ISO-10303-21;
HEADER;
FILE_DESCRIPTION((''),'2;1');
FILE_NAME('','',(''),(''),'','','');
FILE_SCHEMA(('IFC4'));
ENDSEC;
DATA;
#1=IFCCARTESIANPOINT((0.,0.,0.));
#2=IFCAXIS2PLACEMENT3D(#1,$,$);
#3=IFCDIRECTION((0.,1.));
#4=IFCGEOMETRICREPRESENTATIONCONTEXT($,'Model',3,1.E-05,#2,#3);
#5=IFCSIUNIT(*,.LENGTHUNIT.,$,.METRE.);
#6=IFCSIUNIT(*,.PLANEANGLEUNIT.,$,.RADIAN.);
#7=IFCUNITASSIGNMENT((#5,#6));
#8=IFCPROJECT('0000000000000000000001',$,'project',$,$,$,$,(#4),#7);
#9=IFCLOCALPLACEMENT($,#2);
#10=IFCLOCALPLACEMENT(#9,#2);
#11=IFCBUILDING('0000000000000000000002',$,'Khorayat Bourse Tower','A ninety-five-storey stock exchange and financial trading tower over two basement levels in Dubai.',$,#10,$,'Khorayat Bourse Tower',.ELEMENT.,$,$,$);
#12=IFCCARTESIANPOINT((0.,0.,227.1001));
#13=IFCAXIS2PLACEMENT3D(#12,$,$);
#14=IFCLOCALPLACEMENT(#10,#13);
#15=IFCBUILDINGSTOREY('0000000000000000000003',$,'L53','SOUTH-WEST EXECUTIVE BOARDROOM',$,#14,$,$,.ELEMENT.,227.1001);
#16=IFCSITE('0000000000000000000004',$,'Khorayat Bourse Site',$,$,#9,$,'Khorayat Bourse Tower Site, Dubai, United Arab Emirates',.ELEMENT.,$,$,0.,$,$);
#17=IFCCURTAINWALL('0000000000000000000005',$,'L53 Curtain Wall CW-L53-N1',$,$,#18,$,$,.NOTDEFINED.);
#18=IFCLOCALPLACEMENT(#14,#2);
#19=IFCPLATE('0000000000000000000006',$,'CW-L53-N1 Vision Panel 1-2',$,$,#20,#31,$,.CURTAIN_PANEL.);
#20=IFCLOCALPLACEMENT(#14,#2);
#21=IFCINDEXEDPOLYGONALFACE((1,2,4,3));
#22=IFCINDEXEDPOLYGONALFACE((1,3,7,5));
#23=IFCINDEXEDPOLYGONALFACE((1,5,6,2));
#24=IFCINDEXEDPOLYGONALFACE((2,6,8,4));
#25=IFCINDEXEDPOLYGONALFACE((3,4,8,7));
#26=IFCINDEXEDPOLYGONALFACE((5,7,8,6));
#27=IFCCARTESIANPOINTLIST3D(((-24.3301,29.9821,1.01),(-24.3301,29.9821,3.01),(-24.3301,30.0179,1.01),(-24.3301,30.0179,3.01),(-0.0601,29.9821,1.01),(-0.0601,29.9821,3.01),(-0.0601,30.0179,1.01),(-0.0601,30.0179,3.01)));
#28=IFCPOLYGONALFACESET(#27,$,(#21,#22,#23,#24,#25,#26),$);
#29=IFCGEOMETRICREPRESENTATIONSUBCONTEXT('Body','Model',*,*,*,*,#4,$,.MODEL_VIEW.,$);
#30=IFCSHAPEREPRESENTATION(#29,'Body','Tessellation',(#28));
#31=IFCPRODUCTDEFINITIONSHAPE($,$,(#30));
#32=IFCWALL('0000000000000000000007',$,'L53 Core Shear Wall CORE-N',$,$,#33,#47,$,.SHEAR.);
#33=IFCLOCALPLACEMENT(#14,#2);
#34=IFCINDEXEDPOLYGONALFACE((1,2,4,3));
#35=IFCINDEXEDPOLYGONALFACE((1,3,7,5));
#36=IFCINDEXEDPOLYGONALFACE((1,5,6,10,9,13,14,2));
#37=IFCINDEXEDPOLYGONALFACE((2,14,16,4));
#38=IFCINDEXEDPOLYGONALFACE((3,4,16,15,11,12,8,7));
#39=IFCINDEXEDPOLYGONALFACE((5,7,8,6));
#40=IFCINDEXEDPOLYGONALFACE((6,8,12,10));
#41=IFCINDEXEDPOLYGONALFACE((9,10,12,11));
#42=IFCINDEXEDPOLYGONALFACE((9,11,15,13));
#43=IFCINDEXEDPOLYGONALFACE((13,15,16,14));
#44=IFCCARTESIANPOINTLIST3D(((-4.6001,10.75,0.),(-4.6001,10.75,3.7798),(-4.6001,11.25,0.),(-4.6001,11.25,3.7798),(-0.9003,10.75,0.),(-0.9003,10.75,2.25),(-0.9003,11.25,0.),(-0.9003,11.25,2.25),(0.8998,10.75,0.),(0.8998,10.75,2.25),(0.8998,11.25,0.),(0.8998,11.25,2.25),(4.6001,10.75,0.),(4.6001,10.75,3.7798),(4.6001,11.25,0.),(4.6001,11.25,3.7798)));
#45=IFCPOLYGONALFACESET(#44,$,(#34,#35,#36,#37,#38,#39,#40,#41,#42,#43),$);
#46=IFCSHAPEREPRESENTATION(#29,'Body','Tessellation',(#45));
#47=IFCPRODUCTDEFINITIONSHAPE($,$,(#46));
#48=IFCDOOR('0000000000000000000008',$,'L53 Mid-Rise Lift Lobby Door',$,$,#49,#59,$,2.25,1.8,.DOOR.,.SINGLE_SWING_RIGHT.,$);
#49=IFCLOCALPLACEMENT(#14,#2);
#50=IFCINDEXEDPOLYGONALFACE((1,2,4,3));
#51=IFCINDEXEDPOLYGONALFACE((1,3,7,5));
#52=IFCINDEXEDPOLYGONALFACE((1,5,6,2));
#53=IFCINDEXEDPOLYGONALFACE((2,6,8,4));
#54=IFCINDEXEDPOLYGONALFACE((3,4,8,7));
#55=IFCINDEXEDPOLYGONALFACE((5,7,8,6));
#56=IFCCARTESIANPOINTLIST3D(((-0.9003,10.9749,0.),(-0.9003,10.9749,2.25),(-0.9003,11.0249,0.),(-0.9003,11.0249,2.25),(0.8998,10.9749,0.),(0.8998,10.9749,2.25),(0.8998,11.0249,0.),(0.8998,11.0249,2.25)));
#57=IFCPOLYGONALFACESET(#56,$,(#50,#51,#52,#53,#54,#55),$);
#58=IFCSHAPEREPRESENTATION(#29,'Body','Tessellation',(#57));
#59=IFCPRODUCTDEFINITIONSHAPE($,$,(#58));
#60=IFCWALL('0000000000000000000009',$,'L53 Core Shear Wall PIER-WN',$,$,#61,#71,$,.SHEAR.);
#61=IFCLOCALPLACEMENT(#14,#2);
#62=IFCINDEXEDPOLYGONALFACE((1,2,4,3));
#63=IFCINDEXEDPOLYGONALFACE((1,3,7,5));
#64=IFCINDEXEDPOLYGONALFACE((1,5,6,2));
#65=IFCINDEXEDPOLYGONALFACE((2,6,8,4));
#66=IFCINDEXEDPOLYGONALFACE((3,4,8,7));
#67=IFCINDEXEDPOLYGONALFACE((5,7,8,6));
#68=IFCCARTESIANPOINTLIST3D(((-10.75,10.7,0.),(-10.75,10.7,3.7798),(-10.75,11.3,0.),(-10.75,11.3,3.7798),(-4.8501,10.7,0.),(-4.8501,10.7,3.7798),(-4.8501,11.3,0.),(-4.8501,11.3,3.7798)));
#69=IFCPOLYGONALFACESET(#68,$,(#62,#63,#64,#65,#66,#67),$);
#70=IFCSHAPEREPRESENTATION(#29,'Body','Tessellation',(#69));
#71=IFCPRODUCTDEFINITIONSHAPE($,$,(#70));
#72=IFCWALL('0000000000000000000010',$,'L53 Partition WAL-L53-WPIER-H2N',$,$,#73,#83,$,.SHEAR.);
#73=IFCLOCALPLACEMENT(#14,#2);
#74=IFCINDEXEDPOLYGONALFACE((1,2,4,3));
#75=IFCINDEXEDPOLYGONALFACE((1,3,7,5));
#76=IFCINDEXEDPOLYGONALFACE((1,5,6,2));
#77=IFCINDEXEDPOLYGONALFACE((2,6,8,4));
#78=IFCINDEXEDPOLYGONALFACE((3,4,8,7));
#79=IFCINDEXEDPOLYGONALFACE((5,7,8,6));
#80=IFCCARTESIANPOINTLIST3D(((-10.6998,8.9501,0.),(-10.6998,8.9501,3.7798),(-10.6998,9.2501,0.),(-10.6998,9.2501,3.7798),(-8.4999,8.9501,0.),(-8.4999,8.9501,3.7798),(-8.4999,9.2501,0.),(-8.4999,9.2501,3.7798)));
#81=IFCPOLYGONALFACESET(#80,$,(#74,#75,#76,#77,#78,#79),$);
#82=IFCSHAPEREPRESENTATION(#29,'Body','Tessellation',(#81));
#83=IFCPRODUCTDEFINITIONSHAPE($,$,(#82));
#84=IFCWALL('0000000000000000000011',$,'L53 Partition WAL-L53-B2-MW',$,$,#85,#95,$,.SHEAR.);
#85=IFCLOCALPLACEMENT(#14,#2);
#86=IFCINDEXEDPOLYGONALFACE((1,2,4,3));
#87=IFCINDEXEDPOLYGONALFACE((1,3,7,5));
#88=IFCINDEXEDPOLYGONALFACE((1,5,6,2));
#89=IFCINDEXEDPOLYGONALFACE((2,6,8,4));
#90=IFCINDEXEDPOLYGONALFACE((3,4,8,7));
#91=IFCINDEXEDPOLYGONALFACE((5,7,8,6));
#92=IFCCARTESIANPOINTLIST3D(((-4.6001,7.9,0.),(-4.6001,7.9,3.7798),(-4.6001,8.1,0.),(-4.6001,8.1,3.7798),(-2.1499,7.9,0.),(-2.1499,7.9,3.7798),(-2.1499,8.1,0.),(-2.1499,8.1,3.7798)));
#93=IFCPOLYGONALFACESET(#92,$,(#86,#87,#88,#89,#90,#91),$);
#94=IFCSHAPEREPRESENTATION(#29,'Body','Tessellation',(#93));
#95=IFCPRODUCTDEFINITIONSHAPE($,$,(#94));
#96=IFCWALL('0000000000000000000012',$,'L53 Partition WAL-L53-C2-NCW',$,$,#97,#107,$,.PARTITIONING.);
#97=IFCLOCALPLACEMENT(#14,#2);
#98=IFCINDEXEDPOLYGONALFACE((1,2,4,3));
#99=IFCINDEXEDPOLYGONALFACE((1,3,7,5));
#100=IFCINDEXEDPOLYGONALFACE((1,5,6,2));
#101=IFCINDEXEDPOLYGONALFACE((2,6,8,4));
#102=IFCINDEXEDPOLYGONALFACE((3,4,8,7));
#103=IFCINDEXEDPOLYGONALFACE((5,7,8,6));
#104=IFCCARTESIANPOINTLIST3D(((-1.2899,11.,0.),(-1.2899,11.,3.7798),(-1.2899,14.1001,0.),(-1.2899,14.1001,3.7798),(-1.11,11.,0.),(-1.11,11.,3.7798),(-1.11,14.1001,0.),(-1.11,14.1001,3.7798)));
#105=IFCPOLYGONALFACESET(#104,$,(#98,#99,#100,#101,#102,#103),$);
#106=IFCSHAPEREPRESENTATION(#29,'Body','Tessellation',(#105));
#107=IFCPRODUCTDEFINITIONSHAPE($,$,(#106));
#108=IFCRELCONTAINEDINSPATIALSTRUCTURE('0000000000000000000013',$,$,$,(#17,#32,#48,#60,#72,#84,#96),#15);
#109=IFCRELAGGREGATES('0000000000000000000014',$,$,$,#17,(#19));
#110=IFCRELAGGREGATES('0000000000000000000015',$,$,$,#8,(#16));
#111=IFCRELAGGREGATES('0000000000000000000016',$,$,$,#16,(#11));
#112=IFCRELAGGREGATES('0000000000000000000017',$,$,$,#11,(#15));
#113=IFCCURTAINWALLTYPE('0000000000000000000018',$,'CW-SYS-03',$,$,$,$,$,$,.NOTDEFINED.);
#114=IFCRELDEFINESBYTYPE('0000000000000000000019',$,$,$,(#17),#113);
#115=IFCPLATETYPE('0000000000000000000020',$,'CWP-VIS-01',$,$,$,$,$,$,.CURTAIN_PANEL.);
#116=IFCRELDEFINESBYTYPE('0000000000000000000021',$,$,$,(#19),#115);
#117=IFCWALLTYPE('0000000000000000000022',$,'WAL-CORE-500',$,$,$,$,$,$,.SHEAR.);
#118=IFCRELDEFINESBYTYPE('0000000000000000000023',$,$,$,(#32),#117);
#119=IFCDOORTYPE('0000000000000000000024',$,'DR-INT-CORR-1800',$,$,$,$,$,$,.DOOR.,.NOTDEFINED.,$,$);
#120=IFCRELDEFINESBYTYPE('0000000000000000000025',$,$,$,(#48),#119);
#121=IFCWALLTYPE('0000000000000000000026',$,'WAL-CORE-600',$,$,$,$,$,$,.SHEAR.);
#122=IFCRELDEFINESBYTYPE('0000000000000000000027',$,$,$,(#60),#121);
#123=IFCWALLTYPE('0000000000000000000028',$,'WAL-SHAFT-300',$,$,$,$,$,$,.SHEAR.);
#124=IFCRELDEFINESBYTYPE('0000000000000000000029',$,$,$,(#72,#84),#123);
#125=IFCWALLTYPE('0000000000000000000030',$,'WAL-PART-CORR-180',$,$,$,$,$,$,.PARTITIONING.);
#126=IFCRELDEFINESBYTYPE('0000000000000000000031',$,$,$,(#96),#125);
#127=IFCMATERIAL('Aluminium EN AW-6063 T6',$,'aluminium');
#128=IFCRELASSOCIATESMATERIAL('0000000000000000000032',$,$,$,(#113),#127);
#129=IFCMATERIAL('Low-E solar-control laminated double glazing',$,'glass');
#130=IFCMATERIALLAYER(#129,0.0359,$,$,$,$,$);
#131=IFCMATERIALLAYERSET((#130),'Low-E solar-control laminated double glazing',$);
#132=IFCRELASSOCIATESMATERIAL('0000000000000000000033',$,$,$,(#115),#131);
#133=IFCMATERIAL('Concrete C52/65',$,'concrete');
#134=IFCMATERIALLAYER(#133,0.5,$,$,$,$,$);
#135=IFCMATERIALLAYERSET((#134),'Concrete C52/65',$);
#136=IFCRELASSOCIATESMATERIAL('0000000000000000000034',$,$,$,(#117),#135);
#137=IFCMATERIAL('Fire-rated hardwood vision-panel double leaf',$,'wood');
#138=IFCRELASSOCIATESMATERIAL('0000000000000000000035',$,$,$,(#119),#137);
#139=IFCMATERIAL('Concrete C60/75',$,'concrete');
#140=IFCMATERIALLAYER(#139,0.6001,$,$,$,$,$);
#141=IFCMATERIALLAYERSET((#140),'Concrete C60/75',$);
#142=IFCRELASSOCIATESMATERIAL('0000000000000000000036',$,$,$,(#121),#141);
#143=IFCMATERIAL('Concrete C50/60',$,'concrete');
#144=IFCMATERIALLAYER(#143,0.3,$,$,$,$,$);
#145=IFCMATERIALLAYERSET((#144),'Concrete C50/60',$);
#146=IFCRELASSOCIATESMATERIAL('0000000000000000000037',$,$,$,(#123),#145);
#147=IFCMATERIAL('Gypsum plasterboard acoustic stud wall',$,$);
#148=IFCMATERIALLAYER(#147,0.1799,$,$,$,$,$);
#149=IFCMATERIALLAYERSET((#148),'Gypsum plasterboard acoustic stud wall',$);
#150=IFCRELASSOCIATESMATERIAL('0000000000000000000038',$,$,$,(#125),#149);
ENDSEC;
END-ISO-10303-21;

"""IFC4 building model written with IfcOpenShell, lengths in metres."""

from ifc_helpers import new_model, si_unit, direction, frame, frame_2d, origin, origin_2d, place, context, subcontext, project, spatial, rectangle, extrude, source, transform, mapped, material, layer, layer_set, type_object, element, fill, aggregate, save


model = new_model("IFC4")

# Units and contexts
model_context = context("Model", 3, precision=1e-05, world=origin(), true_north=direction((0.0, 1.0)))
body_context = subcontext(model_context, "Body", "Model", "MODEL_VIEW")
ifc_project = project(units=[si_unit("LENGTHUNIT", "METRE"), si_unit("PLANEANGLEUNIT", "RADIAN")], contexts=[model_context])

# Site, building, storey
site_placement = place(None, origin())
site = spatial("IfcSite", under=ifc_project, at=site_placement, Name="Khorayat Bourse Site", LongName="Khorayat Bourse Tower Site, Dubai, United Arab Emirates", CompositionType="ELEMENT", RefElevation=0.0)
building_placement = place(site_placement, origin())
building = spatial("IfcBuilding", under=site, at=building_placement, Name="Khorayat Bourse Tower", Description="A ninety-five-storey stock exchange and financial trading tower over two basement levels in Dubai.", LongName="Khorayat Bourse Tower", CompositionType="ELEMENT")
storey_placement = place(building_placement, frame((0.0, 0.0, 227.1001)))
storey = spatial("IfcBuildingStorey", under=building, at=storey_placement, Name="L53", Description="SOUTH-WEST EXECUTIVE BOARDROOM", CompositionType="ELEMENT", Elevation=227.1001)

# Shared definitions
ifc_material_1 = material(Name="Concrete C60/75", Category="concrete")

# Curtain wall, plate
ifc_material_2 = material(Name="Aluminium EN AW-6063 T6", Category="aluminium")
curtain_wall_type = type_object("IfcCurtainWallType", Name="CW-SYS-03", PredefinedType="NOTDEFINED", material=ifc_material_2)
curtain_wall_placement = place(storey_placement, origin())
curtain_wall = element("IfcCurtainWall", 1, at=curtain_wall_placement, inside=storey, type_object=curtain_wall_type, Name="L53 Curtain Wall CW-L53-N1", PredefinedType="NOTDEFINED")
ifc_material_3 = material(Name="Low-E solar-control laminated double glazing", Category="glass")
ifc_layer_1 = layer(ifc_material_3, 0.0359)
ifc_layer_set_1 = layer_set([ifc_layer_1], Name="Low-E solar-control laminated double glazing")
plate_type_1 = type_object("IfcPlateType", Name="CWP-VIS-01", PredefinedType="CURTAIN_PANEL", material=ifc_layer_set_1)
shared_shape_1 = source(origin(), body_context, "Body", "SweptSolid", [
    extrude(rectangle(XDim=24.27, YDim=0.0359, at=origin_2d()), origin(), (0.0, 0.0, 1.0), 2.0),
])
plate_1_placement = place(storey_placement, frame((-12.1951, 30.0, 1.01), z_axis=(0.0, 0.0, 1.0), x_axis=(1.0, 0.0, 0.0)))
plate_1 = element("IfcPlate", 2, at=plate_1_placement, type_object=plate_type_1, Name="CW-L53-N1 Vision Panel 1-2", PredefinedType="CURTAIN_PANEL", context=body_context, shape_type="MappedRepresentation", body=[
    mapped(shared_shape_1, transform((0.0, 0.0, 0.0), scale=1.0)),
])
aggregate(curtain_wall, [plate_1])

# Wall, opening, door
ifc_material_4 = material(Name="Concrete C52/65", Category="concrete")
ifc_layer_2 = layer(ifc_material_4, 0.5)
ifc_layer_set_2 = layer_set([ifc_layer_2], Name="Concrete C52/65")
wall_type_1 = type_object("IfcWallType", Name="WAL-CORE-500", PredefinedType="SHEAR", material=ifc_layer_set_2)
shared_shape_2 = source(origin(), body_context, "Body", "SweptSolid", [
    extrude(rectangle(XDim=9.2002, YDim=0.5, at=frame_2d((4.6001, 0.0))), origin(), (0.0, 0.0, 1.0), 3.7798),
])
wall_1_placement = place(storey_placement, frame((-4.6001, 11.0, 0.0), z_axis=(0.0, 0.0, 1.0), x_axis=(1.0, 0.0, 0.0)))
wall_1 = element("IfcWall", 3, at=wall_1_placement, inside=storey, type_object=wall_type_1, Name="L53 Core Shear Wall CORE-N", PredefinedType="SHEAR", context=body_context, shape_type="MappedRepresentation", body=[
    mapped(shared_shape_2, transform((0.0, 0.0, 0.0), scale=1.0)),
])
shared_shape_3 = source(origin(), body_context, "Body", "SweptSolid", [
    extrude(rectangle(XDim=1.8, YDim=2.25, at=frame_2d((0.8999, 1.125))), frame((0.0, 0.26, 0.0), z_axis=(0.0, -1.0, 0.0), x_axis=(1.0, 0.0, 0.0)), (0.0, 0.0, 1.0), 0.52),
])
opening_placement = place(wall_1_placement, frame((3.7, 0.0, 0.0)))
opening = element("IfcOpeningElement", 4, at=opening_placement, cuts=wall_1, PredefinedType="OPENING", context=body_context, shape_type="MappedRepresentation", body=[
    mapped(shared_shape_3, transform((0.0, 0.0, 0.0), scale=1.0)),
])
ifc_material_5 = material(Name="Fire-rated hardwood vision-panel double leaf", Category="wood")
door_type = type_object("IfcDoorType", Name="DR-INT-CORR-1800", OperationType="NOTDEFINED", PredefinedType="DOOR", material=ifc_material_5)
shared_shape_4 = source(origin(), body_context, "Body", "SweptSolid", [
    extrude(rectangle(XDim=1.8, YDim=2.25, at=frame_2d((0.8999, 1.125))), frame((0.0, 0.0249, 0.0), z_axis=(0.0, -1.0, 0.0), x_axis=(1.0, 0.0, 0.0)), (0.0, 0.0, 1.0), 0.05),
])
door_placement = place(opening_placement, origin())
door = element("IfcDoor", 5, at=door_placement, inside=storey, type_object=door_type, Name="L53 Mid-Rise Lift Lobby Door", OperationType="SINGLE_SWING_RIGHT", OverallHeight=2.25, OverallWidth=1.8, PredefinedType="DOOR", context=body_context, shape_type="MappedRepresentation", body=[
    mapped(shared_shape_4, transform((0.0, 0.0, 0.0), scale=1.0)),
])
fill(opening, door)

# Walls
ifc_layer_3 = layer(ifc_material_1, 0.6001)
ifc_layer_set_3 = layer_set([ifc_layer_3], Name="Concrete C60/75")
wall_type_2 = type_object("IfcWallType", Name="WAL-CORE-600", PredefinedType="SHEAR", material=ifc_layer_set_3)
shared_shape_5 = source(origin(), body_context, "Body", "SweptSolid", [
    extrude(rectangle(XDim=5.8999, YDim=0.6001, at=frame_2d((2.95, 0.0))), origin(), (0.0, 0.0, 1.0), 3.7798),
])
wall_2_placement = place(storey_placement, frame((-10.75, 11.0, 0.0), z_axis=(0.0, 0.0, 1.0), x_axis=(1.0, 0.0, 0.0)))
element("IfcWall", 6, at=wall_2_placement, inside=storey, type_object=wall_type_2, Name="L53 Core Shear Wall PIER-WN", PredefinedType="SHEAR", context=body_context, shape_type="MappedRepresentation", body=[
    mapped(shared_shape_5, transform((0.0, 0.0, 0.0), scale=1.0)),
])
ifc_material_6 = material(Name="Concrete C50/60", Category="concrete")
ifc_layer_4 = layer(ifc_material_6, 0.3)
ifc_layer_set_4 = layer_set([ifc_layer_4], Name="Concrete C50/60")
wall_type_3 = type_object("IfcWallType", Name="WAL-SHAFT-300", PredefinedType="SHEAR", material=ifc_layer_set_4)
shared_shape_6 = source(origin(), body_context, "Body", "SweptSolid", [
    extrude(rectangle(XDim=2.2, YDim=0.3, at=frame_2d((1.1001, 0.0))), origin(), (0.0, 0.0, 1.0), 3.7798),
])
wall_3_placement = place(storey_placement, frame((-10.7, 9.1001, 0.0), z_axis=(0.0, 0.0, 1.0), x_axis=(1.0, 0.0, 0.0)))
element("IfcWall", 7, at=wall_3_placement, inside=storey, type_object=wall_type_3, Name="L53 Partition WAL-L53-WPIER-H2N", PredefinedType="SHEAR", context=body_context, shape_type="MappedRepresentation", body=[
    mapped(shared_shape_6, transform((0.0, 0.0, 0.0), scale=1.0)),
])
shared_shape_7 = source(origin(), body_context, "Body", "SweptSolid", [
    extrude(rectangle(XDim=2.4502, YDim=0.2, at=frame_2d((1.2251, 0.0))), origin(), (0.0, 0.0, 1.0), 3.7798),
])
wall_4_placement = place(storey_placement, frame((-4.6001, 8.0, 0.0), z_axis=(0.0, 0.0, 1.0), x_axis=(1.0, 0.0, 0.0)))
element("IfcWall", 8, at=wall_4_placement, inside=storey, type_object=wall_type_3, Name="L53 Partition WAL-L53-B2-MW", PredefinedType="SHEAR", context=body_context, shape_type="MappedRepresentation", body=[
    mapped(shared_shape_7, transform((0.0, 0.0, 0.0), scale=1.0)),
])
ifc_material_7 = material(Name="Gypsum plasterboard acoustic stud wall")
ifc_layer_5 = layer(ifc_material_7, 0.1799)
ifc_layer_set_5 = layer_set([ifc_layer_5], Name="Gypsum plasterboard acoustic stud wall")
wall_type_4 = type_object("IfcWallType", Name="WAL-PART-CORR-180", PredefinedType="PARTITIONING", material=ifc_layer_set_5)
shared_shape_8 = source(origin(), body_context, "Body", "SweptSolid", [
    extrude(rectangle(XDim=3.1001, YDim=0.1799, at=frame_2d((1.55, 0.0))), origin(), (0.0, 0.0, 1.0), 3.7798),
])
wall_5_placement = place(storey_placement, frame((-1.2, 11.0, 0.0), z_axis=(0.0, 0.0, 1.0), x_axis=(0.0, 1.0, 0.0)))
element("IfcWall", 9, at=wall_5_placement, inside=storey, type_object=wall_type_4, Name="L53 Partition WAL-L53-C2-NCW", PredefinedType="PARTITIONING", context=body_context, shape_type="MappedRepresentation", body=[
    mapped(shared_shape_8, transform((0.0, 0.0, 0.0), scale=1.0)),
])

save(model, "model.ifc")
